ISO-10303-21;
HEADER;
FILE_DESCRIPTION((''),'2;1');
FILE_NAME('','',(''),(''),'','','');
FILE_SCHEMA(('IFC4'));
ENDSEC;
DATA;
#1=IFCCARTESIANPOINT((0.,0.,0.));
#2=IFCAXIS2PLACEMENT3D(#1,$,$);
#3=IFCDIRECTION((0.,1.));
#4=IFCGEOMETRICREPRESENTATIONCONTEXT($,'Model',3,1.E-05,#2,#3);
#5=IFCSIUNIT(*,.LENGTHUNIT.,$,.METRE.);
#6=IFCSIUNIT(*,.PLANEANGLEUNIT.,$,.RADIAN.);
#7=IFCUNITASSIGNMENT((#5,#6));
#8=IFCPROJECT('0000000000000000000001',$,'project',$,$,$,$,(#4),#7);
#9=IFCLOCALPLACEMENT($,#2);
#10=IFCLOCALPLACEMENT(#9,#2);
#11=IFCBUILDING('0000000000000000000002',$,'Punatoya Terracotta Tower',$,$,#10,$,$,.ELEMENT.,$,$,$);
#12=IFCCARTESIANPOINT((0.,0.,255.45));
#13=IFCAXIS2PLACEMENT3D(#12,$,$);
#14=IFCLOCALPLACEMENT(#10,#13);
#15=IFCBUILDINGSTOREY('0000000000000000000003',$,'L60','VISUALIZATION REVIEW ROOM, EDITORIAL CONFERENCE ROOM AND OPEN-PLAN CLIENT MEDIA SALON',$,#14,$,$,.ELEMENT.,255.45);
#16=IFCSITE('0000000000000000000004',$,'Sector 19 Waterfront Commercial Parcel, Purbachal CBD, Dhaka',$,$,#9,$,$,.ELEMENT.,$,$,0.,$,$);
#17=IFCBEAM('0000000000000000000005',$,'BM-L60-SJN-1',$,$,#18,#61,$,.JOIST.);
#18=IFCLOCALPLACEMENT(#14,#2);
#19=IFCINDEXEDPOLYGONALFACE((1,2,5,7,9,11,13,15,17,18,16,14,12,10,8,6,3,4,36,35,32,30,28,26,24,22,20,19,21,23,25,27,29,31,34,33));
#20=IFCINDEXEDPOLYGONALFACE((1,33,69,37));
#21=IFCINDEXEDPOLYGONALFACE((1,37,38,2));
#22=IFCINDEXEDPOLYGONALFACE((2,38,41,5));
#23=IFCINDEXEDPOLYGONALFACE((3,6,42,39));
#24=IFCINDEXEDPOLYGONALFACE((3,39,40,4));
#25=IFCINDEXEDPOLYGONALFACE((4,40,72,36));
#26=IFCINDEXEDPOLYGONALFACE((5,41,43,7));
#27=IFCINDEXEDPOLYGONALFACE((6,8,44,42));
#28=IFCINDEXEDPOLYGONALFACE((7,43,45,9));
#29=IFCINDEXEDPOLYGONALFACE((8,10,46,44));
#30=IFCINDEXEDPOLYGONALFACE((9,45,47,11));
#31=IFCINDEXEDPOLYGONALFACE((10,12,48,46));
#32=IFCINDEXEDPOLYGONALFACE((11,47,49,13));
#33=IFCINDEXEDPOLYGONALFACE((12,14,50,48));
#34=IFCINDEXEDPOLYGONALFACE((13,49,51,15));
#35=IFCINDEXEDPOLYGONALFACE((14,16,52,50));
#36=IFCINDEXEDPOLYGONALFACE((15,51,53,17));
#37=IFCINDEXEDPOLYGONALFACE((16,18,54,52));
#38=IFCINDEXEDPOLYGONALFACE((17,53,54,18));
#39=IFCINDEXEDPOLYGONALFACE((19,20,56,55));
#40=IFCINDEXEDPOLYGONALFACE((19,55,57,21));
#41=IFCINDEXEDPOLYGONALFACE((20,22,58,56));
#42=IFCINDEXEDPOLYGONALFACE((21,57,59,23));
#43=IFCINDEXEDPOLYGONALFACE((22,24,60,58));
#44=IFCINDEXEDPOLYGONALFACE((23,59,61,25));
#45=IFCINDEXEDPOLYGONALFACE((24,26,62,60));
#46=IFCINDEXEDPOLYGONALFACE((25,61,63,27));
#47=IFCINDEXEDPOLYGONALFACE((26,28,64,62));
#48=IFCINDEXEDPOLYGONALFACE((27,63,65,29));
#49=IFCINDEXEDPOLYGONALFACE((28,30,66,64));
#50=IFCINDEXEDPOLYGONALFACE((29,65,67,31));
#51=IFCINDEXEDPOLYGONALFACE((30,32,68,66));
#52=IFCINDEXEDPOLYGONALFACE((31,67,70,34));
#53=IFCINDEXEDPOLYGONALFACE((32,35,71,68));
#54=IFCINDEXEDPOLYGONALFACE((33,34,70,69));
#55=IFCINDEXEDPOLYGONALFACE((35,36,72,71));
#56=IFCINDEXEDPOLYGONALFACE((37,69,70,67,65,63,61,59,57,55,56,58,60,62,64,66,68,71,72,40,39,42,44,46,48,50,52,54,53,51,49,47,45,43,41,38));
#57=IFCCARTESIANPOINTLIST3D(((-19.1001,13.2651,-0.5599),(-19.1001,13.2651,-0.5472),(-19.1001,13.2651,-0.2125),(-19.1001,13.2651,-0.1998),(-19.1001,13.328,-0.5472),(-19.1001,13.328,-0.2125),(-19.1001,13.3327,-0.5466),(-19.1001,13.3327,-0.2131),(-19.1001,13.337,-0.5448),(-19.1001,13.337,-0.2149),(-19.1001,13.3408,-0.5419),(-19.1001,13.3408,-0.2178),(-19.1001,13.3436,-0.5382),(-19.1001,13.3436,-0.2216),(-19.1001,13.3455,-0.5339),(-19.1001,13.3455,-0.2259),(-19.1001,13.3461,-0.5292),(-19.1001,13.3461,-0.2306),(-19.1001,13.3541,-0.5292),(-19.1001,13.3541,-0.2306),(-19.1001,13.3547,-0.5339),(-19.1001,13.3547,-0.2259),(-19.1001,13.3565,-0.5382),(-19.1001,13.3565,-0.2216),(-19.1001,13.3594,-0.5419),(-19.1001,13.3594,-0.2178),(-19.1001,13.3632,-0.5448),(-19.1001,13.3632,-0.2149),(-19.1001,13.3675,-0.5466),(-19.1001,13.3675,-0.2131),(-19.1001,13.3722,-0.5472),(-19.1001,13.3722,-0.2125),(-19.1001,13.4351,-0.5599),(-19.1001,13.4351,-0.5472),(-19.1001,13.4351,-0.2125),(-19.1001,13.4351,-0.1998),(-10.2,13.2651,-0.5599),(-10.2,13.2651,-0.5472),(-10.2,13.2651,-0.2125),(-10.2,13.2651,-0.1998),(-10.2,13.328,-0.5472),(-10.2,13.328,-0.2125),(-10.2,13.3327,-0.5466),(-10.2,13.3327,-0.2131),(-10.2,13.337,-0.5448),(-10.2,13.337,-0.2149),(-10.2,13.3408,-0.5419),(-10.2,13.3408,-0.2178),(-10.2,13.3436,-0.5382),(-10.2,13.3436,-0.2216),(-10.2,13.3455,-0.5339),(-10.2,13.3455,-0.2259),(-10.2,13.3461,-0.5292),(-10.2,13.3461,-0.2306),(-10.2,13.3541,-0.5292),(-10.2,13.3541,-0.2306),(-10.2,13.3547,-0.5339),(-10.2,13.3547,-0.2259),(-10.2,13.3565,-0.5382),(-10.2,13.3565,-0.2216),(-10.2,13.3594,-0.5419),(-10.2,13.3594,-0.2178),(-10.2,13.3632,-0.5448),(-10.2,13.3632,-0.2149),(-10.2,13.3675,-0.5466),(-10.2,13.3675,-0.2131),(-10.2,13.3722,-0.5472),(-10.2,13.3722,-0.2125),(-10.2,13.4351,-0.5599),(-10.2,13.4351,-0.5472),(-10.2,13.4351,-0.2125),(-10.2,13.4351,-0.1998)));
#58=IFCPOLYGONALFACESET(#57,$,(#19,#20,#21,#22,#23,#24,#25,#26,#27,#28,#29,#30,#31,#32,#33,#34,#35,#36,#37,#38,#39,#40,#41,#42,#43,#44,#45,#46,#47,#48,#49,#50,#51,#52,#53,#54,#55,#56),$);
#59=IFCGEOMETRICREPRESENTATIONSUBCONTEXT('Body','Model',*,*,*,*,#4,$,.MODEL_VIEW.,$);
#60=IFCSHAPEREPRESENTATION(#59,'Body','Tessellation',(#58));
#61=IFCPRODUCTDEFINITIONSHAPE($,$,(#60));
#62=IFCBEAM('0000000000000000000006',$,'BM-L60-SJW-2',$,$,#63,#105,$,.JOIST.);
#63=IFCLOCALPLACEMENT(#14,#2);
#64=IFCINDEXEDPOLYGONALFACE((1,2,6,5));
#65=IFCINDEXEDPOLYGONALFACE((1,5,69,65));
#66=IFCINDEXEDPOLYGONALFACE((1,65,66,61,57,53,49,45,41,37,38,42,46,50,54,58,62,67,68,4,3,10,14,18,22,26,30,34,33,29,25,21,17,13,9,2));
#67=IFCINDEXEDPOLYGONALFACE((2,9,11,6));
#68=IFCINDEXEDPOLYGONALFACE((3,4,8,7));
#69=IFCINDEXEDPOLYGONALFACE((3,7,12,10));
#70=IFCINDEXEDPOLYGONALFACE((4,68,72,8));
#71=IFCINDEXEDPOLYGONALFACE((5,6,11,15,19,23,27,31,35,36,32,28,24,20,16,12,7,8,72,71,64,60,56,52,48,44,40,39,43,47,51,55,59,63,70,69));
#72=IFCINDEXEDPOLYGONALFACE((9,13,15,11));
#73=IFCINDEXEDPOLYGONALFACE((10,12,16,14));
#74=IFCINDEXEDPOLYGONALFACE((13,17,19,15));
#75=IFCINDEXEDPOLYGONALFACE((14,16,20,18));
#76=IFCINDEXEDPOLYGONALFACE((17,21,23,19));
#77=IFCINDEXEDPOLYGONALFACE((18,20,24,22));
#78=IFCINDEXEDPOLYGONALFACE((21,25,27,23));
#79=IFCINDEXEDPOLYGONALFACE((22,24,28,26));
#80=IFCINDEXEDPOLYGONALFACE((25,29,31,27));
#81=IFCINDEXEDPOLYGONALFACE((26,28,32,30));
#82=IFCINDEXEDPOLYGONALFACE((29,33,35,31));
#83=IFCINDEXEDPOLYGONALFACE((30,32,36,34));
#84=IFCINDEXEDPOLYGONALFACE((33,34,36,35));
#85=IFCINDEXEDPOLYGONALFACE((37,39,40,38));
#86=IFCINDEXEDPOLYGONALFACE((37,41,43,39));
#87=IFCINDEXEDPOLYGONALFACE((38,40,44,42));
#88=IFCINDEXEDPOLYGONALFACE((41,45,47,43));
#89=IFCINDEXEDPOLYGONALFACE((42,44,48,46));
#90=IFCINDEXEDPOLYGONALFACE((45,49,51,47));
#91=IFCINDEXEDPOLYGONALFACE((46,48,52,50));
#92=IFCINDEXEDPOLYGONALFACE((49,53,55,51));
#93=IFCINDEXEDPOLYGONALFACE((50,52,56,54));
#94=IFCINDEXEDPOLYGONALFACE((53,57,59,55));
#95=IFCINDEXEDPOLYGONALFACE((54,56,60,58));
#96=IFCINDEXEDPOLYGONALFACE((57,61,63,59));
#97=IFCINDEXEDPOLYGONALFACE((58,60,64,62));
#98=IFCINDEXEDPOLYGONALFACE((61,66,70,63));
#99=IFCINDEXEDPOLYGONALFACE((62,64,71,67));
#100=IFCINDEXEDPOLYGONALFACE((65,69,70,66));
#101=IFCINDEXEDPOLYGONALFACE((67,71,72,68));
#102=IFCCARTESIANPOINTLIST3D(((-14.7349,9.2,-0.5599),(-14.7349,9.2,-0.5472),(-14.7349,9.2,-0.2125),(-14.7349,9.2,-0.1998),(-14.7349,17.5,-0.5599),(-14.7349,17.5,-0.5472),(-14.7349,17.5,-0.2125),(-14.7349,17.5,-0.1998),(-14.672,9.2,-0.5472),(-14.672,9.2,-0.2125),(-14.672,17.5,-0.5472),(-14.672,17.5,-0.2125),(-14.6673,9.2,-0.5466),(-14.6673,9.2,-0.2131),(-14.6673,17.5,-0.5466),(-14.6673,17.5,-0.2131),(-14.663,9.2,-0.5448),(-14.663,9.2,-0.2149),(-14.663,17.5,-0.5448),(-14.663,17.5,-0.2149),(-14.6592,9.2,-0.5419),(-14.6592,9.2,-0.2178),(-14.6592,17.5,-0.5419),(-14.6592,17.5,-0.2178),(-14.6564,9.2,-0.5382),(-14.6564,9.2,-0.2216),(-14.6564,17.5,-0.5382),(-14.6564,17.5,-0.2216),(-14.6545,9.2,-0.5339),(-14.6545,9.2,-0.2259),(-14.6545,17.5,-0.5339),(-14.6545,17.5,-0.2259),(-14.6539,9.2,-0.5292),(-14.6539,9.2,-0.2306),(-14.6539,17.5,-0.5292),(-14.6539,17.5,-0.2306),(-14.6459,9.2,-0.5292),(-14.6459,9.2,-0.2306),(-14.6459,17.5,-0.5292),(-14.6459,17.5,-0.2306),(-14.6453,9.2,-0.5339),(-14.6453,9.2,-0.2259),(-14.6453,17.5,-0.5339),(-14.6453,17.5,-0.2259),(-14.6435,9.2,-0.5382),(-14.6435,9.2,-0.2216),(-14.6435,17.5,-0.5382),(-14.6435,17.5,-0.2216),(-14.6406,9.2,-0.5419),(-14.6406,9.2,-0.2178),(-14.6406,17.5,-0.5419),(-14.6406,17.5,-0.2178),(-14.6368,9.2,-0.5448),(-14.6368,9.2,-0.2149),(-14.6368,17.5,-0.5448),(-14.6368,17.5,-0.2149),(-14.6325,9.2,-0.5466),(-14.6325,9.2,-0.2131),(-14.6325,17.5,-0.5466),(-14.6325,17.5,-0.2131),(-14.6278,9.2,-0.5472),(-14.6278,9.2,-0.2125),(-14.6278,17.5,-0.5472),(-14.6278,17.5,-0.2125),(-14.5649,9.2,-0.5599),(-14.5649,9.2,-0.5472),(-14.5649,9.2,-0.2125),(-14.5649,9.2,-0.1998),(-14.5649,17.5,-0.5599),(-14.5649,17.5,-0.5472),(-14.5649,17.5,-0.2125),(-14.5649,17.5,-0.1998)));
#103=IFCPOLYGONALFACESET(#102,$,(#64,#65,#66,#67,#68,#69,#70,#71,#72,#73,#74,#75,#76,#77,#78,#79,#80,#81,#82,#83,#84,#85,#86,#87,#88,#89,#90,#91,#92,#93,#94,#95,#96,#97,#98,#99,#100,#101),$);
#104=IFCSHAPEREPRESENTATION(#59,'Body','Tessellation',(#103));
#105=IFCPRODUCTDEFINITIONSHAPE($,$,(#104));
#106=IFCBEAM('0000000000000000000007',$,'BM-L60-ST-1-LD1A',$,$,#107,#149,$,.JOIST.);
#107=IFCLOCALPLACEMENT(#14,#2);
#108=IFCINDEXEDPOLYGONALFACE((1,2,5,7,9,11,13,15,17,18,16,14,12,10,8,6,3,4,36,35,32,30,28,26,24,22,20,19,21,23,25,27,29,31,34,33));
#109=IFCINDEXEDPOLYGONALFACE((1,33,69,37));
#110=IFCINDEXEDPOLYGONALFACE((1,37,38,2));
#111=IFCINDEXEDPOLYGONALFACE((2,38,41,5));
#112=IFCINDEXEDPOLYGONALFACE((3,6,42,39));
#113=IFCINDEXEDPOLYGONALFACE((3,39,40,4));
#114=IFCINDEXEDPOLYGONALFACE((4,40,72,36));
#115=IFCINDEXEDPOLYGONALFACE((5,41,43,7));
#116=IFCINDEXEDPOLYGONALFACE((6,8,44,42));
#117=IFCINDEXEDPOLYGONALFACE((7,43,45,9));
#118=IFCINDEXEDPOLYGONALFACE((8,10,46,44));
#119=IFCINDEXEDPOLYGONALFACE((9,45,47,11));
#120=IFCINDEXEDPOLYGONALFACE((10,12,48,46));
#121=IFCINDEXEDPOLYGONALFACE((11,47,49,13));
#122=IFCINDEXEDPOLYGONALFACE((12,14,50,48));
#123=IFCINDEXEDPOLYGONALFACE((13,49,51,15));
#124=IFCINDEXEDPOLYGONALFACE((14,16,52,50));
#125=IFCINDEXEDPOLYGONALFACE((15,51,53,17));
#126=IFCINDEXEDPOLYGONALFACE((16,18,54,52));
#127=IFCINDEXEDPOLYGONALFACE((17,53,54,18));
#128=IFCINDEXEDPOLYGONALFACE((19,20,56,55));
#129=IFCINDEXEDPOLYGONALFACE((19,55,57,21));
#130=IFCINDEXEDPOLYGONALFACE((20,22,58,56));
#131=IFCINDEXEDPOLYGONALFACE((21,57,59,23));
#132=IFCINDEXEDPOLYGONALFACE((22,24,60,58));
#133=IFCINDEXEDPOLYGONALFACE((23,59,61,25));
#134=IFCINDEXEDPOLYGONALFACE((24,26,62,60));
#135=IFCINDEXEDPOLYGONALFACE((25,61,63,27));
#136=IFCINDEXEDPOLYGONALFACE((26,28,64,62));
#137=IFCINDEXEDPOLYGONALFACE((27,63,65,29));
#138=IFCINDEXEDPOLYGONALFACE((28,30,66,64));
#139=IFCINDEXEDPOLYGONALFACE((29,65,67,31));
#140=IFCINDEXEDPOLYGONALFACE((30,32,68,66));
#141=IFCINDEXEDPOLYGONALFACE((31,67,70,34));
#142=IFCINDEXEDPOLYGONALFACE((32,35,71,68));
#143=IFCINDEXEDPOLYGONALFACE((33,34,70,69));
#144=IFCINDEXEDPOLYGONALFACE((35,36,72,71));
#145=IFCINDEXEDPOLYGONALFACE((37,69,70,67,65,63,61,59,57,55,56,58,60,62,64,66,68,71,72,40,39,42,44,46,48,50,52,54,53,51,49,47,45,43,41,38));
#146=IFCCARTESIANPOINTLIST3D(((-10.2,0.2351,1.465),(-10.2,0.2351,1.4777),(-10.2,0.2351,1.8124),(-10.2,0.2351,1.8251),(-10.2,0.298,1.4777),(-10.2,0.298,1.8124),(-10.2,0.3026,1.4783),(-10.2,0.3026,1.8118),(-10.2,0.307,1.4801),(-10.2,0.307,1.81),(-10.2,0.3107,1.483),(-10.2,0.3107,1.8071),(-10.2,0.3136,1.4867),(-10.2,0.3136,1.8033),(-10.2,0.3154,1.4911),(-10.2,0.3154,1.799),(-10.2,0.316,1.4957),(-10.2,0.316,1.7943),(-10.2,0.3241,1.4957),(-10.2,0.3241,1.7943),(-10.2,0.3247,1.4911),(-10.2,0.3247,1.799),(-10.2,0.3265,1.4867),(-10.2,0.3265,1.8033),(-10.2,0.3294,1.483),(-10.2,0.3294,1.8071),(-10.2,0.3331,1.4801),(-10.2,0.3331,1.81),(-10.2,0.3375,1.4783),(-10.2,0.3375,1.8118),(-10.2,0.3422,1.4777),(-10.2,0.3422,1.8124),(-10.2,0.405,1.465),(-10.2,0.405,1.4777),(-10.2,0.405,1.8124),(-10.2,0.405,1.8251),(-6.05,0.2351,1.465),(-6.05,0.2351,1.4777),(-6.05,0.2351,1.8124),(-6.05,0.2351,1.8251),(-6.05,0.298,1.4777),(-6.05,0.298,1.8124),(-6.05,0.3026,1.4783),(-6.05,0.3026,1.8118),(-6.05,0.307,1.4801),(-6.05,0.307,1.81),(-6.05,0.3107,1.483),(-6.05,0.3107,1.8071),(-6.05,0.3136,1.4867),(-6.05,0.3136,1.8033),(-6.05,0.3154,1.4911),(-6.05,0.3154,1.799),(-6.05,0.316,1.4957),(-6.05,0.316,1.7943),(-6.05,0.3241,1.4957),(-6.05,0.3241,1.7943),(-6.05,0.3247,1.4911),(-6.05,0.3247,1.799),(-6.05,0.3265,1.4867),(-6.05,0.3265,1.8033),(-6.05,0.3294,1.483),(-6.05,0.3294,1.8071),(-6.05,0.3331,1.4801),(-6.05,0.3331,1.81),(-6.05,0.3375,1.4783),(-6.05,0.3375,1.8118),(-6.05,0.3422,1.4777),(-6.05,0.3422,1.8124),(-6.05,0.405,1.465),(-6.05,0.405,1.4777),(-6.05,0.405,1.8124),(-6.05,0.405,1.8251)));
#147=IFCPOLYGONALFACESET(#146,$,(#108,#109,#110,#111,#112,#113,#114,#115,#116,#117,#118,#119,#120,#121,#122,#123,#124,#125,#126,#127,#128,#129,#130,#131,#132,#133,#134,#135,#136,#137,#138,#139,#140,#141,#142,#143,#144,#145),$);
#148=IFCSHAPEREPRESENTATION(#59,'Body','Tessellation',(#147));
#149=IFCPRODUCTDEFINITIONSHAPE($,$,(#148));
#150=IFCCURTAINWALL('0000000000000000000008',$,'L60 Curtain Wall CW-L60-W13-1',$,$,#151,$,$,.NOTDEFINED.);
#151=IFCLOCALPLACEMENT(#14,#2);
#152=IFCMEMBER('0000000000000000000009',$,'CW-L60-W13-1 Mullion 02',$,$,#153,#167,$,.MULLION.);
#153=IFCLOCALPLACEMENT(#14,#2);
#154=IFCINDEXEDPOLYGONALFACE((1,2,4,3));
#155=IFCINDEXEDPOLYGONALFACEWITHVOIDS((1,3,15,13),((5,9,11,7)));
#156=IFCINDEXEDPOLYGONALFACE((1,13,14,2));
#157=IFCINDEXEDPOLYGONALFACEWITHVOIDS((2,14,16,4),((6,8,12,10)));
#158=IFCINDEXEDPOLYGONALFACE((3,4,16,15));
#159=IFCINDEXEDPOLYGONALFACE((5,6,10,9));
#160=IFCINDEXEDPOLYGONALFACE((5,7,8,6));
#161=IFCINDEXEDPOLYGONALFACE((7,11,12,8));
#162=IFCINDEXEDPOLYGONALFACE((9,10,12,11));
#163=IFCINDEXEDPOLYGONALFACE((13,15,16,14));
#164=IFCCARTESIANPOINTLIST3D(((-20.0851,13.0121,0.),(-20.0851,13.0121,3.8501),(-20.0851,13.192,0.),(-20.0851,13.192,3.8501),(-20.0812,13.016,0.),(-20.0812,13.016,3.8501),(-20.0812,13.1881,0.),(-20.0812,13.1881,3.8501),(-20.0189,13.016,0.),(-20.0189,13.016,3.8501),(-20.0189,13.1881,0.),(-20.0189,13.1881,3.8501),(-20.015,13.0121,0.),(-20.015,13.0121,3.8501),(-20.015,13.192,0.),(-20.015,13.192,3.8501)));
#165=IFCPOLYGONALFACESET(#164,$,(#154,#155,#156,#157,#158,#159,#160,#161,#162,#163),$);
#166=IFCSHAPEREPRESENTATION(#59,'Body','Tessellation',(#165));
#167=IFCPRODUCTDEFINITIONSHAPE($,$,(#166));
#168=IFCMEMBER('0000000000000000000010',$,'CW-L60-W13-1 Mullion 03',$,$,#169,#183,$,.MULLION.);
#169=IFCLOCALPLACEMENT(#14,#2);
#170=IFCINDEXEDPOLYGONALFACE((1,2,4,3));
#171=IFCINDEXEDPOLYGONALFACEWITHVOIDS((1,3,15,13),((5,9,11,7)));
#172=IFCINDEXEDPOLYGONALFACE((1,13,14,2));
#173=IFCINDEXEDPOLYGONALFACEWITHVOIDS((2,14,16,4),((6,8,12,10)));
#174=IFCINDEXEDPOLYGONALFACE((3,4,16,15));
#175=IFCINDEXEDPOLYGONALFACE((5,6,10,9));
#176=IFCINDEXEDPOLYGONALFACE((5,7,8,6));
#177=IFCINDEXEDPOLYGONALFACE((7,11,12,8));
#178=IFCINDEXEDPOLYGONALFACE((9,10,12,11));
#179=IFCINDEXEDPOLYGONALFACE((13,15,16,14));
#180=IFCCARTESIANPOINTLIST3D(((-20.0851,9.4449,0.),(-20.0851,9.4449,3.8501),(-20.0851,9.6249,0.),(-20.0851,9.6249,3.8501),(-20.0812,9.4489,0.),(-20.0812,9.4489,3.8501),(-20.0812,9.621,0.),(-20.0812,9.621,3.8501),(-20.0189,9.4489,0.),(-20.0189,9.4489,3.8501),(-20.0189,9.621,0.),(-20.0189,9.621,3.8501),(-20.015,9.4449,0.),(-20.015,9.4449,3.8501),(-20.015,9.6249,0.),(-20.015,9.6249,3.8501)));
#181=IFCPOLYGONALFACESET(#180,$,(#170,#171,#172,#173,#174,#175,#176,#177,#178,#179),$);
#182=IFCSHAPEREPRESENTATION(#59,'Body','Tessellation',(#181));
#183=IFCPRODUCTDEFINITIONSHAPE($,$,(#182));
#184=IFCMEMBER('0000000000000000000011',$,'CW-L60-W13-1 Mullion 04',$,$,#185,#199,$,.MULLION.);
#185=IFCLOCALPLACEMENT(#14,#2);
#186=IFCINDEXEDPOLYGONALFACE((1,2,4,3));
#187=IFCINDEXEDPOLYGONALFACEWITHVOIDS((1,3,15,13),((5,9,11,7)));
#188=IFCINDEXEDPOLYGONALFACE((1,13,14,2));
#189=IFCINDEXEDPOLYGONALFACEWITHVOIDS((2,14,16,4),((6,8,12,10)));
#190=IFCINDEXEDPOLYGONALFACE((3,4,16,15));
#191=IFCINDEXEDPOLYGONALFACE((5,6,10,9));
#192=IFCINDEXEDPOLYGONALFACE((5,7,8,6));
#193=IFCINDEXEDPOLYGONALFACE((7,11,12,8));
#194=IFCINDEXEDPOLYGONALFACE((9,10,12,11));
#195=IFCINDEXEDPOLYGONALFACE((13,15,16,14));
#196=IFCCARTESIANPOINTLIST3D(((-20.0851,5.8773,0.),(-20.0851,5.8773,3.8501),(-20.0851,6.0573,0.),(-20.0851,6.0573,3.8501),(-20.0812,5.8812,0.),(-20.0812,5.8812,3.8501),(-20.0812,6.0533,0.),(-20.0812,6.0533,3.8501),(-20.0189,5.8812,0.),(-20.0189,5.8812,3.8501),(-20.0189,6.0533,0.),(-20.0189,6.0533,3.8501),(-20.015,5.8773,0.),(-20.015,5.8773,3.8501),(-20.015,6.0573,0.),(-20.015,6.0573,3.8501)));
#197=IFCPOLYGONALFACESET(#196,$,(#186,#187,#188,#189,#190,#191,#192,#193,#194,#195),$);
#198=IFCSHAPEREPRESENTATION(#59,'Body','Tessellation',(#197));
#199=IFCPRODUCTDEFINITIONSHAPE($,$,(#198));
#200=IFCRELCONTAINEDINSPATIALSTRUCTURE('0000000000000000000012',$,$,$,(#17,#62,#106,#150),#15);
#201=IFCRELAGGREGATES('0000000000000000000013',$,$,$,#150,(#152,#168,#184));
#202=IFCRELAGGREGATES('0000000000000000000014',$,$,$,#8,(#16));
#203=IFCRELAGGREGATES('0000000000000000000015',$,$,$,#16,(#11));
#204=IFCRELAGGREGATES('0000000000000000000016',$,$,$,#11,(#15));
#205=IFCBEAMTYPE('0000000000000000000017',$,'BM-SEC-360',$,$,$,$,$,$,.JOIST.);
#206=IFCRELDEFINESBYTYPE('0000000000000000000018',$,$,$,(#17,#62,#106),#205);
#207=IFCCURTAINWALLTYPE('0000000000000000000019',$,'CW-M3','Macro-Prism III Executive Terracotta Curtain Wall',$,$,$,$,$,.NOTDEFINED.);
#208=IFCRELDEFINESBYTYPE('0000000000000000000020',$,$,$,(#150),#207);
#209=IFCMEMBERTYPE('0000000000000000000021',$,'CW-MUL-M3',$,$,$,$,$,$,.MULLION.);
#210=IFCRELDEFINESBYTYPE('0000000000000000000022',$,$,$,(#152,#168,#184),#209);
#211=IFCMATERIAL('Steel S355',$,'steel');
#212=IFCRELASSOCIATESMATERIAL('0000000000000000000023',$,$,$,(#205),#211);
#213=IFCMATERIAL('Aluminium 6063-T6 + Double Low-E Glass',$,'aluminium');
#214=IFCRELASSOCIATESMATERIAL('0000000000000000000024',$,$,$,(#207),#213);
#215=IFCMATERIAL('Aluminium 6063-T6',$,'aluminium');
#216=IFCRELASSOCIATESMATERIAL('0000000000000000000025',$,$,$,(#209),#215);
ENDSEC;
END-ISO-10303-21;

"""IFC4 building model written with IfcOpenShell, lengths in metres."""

from ifc_helpers import new_model, si_unit, direction, frame, origin, origin_2d, place, context, subcontext, project, spatial, hollow_rectangle, i_section, extrude, material, material_profile, profile_set, type_object, element, aggregate, save


model = new_model("IFC4")

# Units and contexts
model_context = context("Model", 3, precision=1e-05, world=origin(), true_north=direction((0.0, 1.0)))
body_context = subcontext(model_context, "Body", "Model", "MODEL_VIEW")
ifc_project = project(units=[si_unit("LENGTHUNIT", "METRE"), si_unit("PLANEANGLEUNIT", "RADIAN")], contexts=[model_context])

# Site, building, storey
site_placement = place(None, origin())
site = spatial("IfcSite", under=ifc_project, at=site_placement, Name="Sector 19 Waterfront Commercial Parcel, Purbachal CBD, Dhaka", CompositionType="ELEMENT", RefElevation=0.0)
building_placement = place(site_placement, origin())
building = spatial("IfcBuilding", under=site, at=building_placement, Name="Punatoya Terracotta Tower", CompositionType="ELEMENT")
storey_placement = place(building_placement, frame((0.0, 0.0, 255.45)))
storey = spatial("IfcBuildingStorey", under=building, at=storey_placement, Name="L60", Description="VISUALIZATION REVIEW ROOM, EDITORIAL CONFERENCE ROOM AND OPEN-PLAN CLIENT MEDIA SALON", CompositionType="ELEMENT", Elevation=255.45)

# Beams
ifc_material_1 = material(Name="Steel S355", Category="steel")
ifc_material_profile_1 = material_profile(ifc_material_1, i_section(OverallWidth=0.1699, OverallDepth=0.3601, WebThickness=0.0081, FlangeThickness=0.0127, FilletRadius=0.0181, at=origin_2d()))
ifc_profile_set_1 = profile_set([ifc_material_profile_1], Name="Steel S355")
beam_type_1 = type_object("IfcBeamType", Name="BM-SEC-360", PredefinedType="JOIST", material=ifc_profile_set_1)
beam_1_placement = place(storey_placement, frame((-19.1001, 13.3501, -0.3799), z_axis=(1.0, 0.0, 0.0), x_axis=(0.0, 1.0, 0.0)))
element("IfcBeam", 1, at=beam_1_placement, inside=storey, type_object=beam_type_1, Name="BM-L60-SJN-1", PredefinedType="JOIST", context=body_context, shape_type="SweptSolid", body=[
    extrude(i_section(OverallWidth=0.1699, OverallDepth=0.3601, WebThickness=0.0081, FlangeThickness=0.0127, FilletRadius=0.0181, at=origin_2d()), origin(), (0.0, 0.0, 1.0), 8.9001),
])
beam_2_placement = place(storey_placement, frame((-14.6499, 9.2, -0.3799), z_axis=(0.0, 1.0, 0.0), x_axis=(-1.0, 0.0, 0.0)))
element("IfcBeam", 2, at=beam_2_placement, inside=storey, type_object=beam_type_1, Name="BM-L60-SJW-2", PredefinedType="JOIST", context=body_context, shape_type="SweptSolid", body=[
    extrude(i_section(OverallWidth=0.1699, OverallDepth=0.3601, WebThickness=0.0081, FlangeThickness=0.0127, FilletRadius=0.0181, at=origin_2d()), origin(), (0.0, 0.0, 1.0), 8.3),
])
beam_3_placement = place(storey_placement, frame((-10.2, 0.3201, 1.645), z_axis=(1.0, 0.0, 0.0), x_axis=(0.0, 1.0, 0.0)))
element("IfcBeam", 3, at=beam_3_placement, inside=storey, type_object=beam_type_1, Name="BM-L60-ST-1-LD1A", PredefinedType="JOIST", context=body_context, shape_type="SweptSolid", body=[
    extrude(i_section(OverallWidth=0.1699, OverallDepth=0.3601, WebThickness=0.0081, FlangeThickness=0.0127, FilletRadius=0.0181, at=origin_2d()), origin(), (0.0, 0.0, 1.0), 4.1499),
])

# Curtain wall, members
ifc_material_2 = material(Name="Aluminium 6063-T6 + Double Low-E Glass", Category="aluminium")
curtain_wall_type = type_object("IfcCurtainWallType", Name="CW-M3", Description="Macro-Prism III Executive Terracotta Curtain Wall", PredefinedType="NOTDEFINED", material=ifc_material_2)
curtain_wall_placement = place(storey_placement, origin())
curtain_wall = element("IfcCurtainWall", 4, at=curtain_wall_placement, inside=storey, type_object=curtain_wall_type, Name="L60 Curtain Wall CW-L60-W13-1", PredefinedType="NOTDEFINED")
ifc_material_3 = material(Name="Aluminium 6063-T6", Category="aluminium")
ifc_material_profile_2 = material_profile(ifc_material_3, hollow_rectangle(XDim=0.0701, YDim=0.1799, WallThickness=0.0039, at=origin_2d()))
ifc_profile_set_2 = profile_set([ifc_material_profile_2], Name="Aluminium 6063-T6")
member_type = type_object("IfcMemberType", Name="CW-MUL-M3", PredefinedType="MULLION", material=ifc_profile_set_2)
member_1_placement = place(storey_placement, frame((-20.05, 13.1021, 0.0), z_axis=(0.0, 0.0, 1.0), x_axis=(1.0, 0.0, 0.0)))
member_1 = element("IfcMember", 5, at=member_1_placement, type_object=member_type, Name="CW-L60-W13-1 Mullion 02", PredefinedType="MULLION", context=body_context, shape_type="SweptSolid", body=[
    extrude(hollow_rectangle(XDim=0.0701, YDim=0.1799, WallThickness=0.0039, at=origin_2d()), origin(), (0.0, 0.0, 1.0), 3.8501),
])
member_2_placement = place(storey_placement, frame((-20.05, 9.5349, 0.0), z_axis=(0.0, 0.0, 1.0), x_axis=(1.0, 0.0, 0.0)))
member_2 = element("IfcMember", 6, at=member_2_placement, type_object=member_type, Name="CW-L60-W13-1 Mullion 03", PredefinedType="MULLION", context=body_context, shape_type="SweptSolid", body=[
    extrude(hollow_rectangle(XDim=0.0701, YDim=0.1799, WallThickness=0.0039, at=origin_2d()), origin(), (0.0, 0.0, 1.0), 3.8501),
])
member_3_placement = place(storey_placement, frame((-20.05, 5.9673, 0.0), z_axis=(0.0, 0.0, 1.0), x_axis=(1.0, 0.0, 0.0)))
member_3 = element("IfcMember", 7, at=member_3_placement, type_object=member_type, Name="CW-L60-W13-1 Mullion 04", PredefinedType="MULLION", context=body_context, shape_type="SweptSolid", body=[
    extrude(hollow_rectangle(XDim=0.0701, YDim=0.1799, WallThickness=0.0039, at=origin_2d()), origin(), (0.0, 0.0, 1.0), 3.8501),
])
aggregate(curtain_wall, [member_1, member_2, member_3])

save(model, "model.ifc")
